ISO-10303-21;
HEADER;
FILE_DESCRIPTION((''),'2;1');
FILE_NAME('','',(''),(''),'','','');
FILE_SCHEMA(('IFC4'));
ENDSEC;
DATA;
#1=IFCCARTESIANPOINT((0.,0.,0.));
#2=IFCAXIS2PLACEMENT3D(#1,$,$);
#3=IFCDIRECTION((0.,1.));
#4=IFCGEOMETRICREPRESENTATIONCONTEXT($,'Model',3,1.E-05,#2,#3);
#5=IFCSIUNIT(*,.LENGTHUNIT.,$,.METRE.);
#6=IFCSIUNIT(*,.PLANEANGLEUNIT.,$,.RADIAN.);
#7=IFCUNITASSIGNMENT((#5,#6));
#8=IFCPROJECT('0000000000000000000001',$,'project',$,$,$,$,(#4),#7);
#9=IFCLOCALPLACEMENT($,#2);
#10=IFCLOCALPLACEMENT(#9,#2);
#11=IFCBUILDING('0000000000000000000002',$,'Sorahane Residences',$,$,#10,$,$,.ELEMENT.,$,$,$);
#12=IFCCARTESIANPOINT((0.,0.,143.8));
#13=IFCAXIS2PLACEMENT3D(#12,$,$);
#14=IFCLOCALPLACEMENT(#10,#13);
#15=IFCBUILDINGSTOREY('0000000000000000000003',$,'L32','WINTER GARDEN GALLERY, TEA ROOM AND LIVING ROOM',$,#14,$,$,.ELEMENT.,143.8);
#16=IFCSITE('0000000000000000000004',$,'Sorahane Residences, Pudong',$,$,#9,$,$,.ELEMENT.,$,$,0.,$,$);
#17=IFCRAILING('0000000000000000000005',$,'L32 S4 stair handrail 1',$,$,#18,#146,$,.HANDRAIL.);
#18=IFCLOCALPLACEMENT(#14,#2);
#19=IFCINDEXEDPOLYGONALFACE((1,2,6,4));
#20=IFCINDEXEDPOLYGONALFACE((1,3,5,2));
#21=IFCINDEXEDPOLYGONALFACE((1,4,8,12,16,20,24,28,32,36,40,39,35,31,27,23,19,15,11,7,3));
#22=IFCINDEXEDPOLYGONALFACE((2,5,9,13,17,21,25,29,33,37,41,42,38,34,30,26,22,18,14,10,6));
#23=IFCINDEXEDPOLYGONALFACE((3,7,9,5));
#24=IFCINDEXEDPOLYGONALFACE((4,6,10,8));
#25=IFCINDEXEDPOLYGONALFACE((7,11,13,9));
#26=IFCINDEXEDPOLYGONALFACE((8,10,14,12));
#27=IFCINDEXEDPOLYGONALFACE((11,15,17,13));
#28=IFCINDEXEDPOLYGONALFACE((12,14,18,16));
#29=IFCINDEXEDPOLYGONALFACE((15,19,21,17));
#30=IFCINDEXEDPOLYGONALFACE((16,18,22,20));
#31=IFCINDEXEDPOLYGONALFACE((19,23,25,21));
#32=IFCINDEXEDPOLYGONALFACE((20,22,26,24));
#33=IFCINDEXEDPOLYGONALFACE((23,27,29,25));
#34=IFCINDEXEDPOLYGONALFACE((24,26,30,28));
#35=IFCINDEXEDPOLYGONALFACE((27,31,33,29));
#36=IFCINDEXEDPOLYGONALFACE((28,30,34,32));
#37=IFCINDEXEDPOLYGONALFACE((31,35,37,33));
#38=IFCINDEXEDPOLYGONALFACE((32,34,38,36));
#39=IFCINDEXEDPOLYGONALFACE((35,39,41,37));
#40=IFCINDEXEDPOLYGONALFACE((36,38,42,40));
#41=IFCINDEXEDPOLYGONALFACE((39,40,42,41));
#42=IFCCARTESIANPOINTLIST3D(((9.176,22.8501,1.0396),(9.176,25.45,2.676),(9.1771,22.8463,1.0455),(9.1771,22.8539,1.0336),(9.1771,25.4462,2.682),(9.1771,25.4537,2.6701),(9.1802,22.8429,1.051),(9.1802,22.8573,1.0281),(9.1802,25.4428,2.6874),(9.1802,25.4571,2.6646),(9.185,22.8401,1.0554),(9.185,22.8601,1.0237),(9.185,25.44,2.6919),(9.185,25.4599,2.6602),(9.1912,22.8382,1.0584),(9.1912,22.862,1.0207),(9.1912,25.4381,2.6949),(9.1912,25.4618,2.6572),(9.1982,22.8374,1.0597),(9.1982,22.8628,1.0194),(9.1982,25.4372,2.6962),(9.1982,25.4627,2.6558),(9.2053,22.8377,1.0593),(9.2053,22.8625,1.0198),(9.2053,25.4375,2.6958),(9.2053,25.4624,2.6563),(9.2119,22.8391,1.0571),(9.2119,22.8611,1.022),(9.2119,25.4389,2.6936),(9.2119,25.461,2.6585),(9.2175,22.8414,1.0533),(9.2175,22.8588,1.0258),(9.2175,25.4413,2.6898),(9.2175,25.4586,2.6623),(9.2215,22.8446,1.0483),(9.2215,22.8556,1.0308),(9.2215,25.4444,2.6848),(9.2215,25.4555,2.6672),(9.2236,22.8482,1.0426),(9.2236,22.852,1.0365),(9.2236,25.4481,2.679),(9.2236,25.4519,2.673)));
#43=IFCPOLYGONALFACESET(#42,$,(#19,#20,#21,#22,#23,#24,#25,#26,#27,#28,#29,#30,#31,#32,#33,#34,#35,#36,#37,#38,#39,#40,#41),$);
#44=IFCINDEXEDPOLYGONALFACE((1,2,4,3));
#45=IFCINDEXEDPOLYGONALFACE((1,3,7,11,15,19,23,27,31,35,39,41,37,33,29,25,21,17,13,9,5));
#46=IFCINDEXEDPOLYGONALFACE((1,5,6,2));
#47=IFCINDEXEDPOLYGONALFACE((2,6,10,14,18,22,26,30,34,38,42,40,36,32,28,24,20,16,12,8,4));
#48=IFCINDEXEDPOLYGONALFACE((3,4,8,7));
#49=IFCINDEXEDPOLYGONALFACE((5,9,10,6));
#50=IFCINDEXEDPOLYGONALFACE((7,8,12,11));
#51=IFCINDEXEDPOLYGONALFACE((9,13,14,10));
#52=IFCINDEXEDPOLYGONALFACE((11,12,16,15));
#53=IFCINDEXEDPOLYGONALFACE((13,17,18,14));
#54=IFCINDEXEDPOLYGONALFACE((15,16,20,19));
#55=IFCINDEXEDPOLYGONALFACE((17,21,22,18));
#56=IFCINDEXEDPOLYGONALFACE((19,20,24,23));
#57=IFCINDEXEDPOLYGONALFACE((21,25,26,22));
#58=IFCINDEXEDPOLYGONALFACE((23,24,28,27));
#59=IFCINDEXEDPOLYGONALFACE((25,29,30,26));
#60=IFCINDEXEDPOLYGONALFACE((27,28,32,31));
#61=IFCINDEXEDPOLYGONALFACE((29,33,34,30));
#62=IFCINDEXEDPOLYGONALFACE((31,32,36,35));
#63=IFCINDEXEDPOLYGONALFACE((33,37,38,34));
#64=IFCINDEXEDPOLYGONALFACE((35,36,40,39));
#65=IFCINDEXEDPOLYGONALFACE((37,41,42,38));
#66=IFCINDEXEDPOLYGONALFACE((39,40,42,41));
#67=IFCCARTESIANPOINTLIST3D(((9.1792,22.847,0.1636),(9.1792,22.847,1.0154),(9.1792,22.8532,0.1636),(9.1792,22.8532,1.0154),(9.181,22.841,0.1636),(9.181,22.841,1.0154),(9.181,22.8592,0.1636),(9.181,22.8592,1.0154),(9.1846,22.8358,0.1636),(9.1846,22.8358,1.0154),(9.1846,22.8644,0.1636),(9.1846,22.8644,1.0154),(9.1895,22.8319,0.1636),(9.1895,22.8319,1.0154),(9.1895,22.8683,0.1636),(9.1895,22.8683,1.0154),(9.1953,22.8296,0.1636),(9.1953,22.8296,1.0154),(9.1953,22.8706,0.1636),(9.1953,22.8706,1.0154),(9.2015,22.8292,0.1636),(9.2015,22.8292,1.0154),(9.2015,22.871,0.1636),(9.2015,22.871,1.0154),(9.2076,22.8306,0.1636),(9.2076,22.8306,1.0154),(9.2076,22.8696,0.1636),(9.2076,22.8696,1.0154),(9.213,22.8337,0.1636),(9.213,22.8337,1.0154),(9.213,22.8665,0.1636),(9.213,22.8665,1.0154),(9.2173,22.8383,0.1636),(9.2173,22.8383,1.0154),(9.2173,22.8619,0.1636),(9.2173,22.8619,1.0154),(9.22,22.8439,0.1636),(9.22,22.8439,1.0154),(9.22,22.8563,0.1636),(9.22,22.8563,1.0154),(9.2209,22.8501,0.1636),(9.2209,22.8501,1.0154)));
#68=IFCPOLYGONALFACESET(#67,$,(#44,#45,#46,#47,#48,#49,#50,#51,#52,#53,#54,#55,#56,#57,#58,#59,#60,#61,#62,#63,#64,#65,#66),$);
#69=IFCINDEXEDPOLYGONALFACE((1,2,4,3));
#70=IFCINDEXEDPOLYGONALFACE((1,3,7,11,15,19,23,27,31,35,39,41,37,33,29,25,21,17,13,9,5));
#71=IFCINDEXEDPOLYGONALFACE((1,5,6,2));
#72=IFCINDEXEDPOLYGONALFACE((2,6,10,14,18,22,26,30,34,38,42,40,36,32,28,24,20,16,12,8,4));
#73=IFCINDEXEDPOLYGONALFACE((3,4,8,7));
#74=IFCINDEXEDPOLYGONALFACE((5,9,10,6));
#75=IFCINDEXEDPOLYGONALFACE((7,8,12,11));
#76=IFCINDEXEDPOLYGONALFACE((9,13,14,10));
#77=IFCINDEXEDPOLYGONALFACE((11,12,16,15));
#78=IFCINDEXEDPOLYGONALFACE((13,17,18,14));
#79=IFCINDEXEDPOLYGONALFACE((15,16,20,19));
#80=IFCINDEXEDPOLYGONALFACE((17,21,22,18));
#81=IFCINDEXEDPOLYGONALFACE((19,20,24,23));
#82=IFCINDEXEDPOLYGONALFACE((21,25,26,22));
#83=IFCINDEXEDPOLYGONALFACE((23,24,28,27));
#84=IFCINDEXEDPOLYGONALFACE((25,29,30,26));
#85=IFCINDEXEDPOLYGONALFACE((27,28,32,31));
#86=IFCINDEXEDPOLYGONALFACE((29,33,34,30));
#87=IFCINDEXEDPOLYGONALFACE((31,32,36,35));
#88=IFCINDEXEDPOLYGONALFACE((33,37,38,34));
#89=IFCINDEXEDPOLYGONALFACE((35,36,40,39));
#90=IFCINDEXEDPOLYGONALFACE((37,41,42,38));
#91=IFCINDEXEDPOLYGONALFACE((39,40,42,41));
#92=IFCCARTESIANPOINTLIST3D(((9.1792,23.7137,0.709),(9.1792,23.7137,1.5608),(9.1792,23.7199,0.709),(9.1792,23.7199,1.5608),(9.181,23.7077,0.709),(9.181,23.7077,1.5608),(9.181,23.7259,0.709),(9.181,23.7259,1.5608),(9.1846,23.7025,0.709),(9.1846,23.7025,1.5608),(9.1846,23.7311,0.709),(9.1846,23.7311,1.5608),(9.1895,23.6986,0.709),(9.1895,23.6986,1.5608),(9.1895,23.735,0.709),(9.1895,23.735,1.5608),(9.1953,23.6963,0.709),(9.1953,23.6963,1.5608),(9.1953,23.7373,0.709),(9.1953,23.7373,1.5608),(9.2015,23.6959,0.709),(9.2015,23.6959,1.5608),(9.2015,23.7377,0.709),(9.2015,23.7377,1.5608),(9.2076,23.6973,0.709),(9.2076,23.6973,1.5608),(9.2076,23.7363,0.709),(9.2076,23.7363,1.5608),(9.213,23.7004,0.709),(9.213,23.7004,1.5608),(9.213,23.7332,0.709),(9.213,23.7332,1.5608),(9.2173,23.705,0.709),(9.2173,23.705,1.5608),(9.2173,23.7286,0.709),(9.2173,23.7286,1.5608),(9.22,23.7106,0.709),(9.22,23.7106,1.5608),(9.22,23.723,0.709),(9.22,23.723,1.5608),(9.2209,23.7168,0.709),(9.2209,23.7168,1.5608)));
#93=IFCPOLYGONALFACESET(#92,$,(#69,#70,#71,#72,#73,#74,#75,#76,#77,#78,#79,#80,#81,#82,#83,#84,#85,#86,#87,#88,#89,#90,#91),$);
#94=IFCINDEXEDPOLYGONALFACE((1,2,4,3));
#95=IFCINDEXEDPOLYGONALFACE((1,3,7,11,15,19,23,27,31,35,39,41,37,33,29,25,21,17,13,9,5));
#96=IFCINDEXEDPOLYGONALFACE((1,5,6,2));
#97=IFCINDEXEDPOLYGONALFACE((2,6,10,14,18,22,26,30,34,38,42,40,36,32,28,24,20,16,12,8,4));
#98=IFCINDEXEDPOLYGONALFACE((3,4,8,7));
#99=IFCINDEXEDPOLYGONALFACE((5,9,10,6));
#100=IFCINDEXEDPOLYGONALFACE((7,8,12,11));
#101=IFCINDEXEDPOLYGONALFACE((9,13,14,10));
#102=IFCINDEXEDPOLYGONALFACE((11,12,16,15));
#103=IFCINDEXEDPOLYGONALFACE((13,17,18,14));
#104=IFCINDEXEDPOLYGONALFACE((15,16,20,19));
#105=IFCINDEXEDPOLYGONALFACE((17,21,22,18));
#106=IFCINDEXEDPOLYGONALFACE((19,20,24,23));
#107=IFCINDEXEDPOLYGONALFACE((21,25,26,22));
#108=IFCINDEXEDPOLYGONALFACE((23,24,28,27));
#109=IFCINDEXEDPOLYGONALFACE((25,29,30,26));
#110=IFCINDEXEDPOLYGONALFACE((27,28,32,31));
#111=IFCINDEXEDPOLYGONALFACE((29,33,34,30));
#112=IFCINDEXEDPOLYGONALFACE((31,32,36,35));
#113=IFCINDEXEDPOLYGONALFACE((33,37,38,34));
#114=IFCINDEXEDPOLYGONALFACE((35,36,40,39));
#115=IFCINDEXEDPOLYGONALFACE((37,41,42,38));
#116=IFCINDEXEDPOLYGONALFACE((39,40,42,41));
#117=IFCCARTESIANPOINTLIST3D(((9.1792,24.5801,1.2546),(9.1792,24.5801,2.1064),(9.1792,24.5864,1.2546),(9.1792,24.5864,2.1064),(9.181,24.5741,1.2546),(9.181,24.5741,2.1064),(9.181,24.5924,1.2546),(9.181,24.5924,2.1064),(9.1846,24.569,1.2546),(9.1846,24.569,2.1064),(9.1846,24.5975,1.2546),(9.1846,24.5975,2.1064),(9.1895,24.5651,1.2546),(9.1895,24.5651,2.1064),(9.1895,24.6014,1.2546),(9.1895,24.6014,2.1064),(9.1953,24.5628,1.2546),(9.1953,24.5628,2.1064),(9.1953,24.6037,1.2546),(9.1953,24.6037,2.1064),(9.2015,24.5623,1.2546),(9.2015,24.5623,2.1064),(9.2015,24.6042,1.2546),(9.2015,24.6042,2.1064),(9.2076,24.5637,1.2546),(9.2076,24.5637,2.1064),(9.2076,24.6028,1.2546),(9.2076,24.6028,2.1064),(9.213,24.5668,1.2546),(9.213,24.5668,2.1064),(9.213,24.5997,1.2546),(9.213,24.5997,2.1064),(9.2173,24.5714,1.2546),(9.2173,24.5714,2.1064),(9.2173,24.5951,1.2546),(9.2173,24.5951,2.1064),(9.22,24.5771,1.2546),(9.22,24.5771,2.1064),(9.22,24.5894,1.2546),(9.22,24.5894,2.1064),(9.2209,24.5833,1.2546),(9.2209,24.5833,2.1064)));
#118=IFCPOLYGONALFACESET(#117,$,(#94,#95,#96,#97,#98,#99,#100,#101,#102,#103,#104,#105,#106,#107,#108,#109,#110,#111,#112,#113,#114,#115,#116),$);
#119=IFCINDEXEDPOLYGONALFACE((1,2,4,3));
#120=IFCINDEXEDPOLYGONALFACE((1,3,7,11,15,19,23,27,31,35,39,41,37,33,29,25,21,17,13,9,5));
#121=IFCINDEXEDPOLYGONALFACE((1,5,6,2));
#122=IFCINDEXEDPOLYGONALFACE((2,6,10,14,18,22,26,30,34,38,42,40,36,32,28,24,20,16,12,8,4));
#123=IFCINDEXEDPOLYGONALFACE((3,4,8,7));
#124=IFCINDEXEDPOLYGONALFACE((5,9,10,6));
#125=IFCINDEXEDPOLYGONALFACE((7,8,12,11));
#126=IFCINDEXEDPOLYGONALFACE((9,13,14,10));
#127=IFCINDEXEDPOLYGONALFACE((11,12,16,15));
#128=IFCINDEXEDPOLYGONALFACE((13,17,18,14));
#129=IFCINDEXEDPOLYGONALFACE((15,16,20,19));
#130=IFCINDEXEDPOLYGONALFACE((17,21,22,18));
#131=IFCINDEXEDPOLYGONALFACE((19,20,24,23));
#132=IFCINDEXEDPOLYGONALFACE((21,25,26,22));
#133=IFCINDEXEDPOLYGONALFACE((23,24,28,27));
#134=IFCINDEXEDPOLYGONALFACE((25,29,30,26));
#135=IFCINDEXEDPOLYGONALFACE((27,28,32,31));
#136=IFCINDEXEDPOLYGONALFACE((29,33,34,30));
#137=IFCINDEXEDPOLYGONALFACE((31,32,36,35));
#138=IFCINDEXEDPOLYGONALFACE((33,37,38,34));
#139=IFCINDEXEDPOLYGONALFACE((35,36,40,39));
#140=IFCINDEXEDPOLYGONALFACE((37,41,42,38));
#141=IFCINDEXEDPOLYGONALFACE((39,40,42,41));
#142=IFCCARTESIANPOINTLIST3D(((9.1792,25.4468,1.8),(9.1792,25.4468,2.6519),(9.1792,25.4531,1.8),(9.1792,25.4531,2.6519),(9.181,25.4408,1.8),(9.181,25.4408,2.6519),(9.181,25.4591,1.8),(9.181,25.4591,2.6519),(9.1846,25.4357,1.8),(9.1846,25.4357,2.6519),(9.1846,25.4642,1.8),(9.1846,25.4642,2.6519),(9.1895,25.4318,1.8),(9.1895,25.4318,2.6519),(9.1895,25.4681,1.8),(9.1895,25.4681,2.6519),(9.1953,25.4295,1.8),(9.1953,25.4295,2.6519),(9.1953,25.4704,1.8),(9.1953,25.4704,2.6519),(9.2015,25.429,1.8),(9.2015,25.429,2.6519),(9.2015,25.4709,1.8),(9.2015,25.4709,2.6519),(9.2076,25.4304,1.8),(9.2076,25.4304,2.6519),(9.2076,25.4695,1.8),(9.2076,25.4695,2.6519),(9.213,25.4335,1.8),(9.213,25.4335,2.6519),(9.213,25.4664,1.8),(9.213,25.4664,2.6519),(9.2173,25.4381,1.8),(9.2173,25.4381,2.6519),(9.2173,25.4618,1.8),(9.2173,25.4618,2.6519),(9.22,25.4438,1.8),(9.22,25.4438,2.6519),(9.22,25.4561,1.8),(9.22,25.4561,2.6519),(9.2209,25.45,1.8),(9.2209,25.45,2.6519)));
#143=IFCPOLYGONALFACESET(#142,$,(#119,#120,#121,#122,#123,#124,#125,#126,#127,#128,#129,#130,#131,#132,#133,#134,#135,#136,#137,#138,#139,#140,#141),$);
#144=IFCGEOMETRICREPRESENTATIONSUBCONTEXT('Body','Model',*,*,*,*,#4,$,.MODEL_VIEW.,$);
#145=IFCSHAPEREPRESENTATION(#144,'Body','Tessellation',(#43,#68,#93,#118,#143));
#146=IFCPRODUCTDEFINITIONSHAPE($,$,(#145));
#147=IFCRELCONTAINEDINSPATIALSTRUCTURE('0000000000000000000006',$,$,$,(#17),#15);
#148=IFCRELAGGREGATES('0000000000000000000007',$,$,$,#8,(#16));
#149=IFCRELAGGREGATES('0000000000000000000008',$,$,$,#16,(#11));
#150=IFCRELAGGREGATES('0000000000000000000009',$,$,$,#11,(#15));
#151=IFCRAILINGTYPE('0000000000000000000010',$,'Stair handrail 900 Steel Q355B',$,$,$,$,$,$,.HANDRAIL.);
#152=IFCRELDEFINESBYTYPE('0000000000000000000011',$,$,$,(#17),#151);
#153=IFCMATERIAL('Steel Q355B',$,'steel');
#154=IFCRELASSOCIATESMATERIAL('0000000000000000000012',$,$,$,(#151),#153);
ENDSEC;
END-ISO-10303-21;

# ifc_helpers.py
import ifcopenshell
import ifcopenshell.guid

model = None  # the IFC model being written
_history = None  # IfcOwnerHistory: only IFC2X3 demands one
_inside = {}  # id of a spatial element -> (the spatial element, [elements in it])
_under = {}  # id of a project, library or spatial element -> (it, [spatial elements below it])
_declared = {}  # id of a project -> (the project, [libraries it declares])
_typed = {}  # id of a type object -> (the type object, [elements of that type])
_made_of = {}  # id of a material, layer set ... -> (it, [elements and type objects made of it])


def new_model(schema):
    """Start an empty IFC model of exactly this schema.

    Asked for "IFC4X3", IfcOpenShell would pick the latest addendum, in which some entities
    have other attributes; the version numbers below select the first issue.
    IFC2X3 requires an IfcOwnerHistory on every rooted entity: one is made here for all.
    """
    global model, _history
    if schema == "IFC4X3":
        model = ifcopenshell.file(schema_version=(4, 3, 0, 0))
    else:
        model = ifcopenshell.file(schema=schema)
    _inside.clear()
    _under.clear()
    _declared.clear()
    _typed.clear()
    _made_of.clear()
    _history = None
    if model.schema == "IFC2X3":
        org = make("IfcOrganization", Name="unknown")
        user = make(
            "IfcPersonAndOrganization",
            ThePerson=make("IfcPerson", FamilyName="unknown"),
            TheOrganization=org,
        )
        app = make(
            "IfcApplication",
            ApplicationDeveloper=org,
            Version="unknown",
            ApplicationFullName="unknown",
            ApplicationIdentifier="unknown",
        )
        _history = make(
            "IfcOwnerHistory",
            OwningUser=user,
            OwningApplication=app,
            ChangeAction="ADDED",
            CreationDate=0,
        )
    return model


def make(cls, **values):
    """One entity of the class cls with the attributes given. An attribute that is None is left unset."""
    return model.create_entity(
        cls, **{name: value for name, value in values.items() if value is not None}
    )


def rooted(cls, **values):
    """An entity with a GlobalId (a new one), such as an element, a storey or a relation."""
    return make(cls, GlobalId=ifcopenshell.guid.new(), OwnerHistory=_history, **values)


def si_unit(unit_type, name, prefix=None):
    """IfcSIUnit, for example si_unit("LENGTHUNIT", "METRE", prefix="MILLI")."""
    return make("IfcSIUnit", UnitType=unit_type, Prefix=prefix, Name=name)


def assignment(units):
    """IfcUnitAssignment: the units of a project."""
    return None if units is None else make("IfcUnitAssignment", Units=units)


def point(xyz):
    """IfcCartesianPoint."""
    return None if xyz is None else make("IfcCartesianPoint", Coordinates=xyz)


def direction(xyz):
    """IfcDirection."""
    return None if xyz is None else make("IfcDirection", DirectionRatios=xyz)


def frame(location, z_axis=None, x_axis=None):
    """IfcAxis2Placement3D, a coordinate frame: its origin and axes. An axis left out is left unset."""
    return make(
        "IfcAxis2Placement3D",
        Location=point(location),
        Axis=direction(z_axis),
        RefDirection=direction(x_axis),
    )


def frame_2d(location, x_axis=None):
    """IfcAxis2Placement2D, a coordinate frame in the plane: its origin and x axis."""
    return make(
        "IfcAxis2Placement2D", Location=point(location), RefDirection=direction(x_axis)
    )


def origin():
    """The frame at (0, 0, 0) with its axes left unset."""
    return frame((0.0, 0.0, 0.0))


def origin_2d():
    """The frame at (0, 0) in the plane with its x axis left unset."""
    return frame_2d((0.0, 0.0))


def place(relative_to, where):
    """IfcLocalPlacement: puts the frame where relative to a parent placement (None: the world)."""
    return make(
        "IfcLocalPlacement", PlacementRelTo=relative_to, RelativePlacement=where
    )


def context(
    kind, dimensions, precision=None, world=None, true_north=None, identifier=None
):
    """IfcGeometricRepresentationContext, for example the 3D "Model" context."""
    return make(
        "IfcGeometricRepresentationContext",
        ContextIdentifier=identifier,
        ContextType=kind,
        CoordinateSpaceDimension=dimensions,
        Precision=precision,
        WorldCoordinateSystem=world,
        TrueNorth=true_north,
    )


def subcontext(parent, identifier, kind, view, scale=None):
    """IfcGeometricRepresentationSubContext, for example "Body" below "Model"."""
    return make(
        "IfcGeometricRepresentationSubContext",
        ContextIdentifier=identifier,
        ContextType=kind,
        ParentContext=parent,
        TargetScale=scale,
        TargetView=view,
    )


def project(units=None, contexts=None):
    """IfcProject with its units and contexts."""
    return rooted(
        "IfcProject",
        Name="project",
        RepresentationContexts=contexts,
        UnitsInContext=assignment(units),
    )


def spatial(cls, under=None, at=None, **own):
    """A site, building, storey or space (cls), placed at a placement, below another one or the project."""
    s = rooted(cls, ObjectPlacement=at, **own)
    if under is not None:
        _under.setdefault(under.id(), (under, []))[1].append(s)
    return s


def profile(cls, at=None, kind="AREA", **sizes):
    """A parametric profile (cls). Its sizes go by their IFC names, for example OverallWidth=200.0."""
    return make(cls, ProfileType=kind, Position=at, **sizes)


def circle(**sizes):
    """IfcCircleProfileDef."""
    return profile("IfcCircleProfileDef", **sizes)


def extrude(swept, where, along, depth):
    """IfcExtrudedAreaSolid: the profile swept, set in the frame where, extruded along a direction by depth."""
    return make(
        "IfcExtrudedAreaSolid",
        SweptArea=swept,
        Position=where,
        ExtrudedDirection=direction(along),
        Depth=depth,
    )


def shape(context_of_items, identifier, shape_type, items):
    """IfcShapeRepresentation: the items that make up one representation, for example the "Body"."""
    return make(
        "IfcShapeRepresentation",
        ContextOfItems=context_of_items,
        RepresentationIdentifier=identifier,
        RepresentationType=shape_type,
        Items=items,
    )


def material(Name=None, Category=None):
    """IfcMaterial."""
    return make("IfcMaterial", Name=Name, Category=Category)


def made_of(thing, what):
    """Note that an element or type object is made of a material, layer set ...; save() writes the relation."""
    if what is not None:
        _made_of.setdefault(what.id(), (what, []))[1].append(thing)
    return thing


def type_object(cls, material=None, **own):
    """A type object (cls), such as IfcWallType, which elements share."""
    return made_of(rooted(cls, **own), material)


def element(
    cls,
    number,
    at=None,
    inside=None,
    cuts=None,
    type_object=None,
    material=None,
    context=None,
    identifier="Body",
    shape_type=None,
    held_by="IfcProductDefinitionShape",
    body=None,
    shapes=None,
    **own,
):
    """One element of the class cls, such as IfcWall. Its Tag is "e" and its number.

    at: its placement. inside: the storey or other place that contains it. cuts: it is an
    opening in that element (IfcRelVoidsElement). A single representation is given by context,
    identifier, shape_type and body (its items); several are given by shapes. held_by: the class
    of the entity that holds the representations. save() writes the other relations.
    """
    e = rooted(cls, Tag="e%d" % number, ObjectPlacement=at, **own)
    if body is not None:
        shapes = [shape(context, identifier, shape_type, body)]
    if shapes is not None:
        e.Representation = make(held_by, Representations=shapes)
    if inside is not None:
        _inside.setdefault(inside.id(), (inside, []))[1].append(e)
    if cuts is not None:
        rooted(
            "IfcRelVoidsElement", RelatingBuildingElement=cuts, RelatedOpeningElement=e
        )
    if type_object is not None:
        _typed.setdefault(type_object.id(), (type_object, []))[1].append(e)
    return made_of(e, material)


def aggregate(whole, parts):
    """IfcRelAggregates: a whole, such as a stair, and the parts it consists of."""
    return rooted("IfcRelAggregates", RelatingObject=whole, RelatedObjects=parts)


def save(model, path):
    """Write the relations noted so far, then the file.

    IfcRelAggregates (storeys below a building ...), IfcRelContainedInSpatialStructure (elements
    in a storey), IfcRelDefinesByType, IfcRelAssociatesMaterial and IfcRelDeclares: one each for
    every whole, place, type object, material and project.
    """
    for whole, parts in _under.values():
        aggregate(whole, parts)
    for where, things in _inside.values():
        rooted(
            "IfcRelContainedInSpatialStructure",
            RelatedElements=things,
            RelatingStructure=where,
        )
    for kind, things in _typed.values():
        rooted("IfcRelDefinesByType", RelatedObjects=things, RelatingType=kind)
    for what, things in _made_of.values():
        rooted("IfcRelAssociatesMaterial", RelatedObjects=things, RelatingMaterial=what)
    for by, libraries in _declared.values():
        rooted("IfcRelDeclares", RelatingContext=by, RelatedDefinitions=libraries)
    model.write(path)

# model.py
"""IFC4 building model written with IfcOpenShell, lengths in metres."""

from ifc_helpers import new_model, si_unit, direction, frame, origin, origin_2d, place, context, subcontext, project, spatial, circle, extrude, material, type_object, element, save


model = new_model("IFC4")

# Units and contexts
model_context = context("Model", 3, precision=1e-05, world=origin(), true_north=direction((0.0, 1.0)))
body_context = subcontext(model_context, "Body", "Model", "MODEL_VIEW")
ifc_project = project(units=[si_unit("LENGTHUNIT", "METRE"), si_unit("PLANEANGLEUNIT", "RADIAN")], contexts=[model_context])

# Site, building, storey
site_placement = place(None, origin())
site = spatial("IfcSite", under=ifc_project, at=site_placement, Name="Sorahane Residences, Pudong", CompositionType="ELEMENT", RefElevation=0.0)
building_placement = place(site_placement, origin())
building = spatial("IfcBuilding", under=site, at=building_placement, Name="Sorahane Residences", CompositionType="ELEMENT")
storey_placement = place(building_placement, frame((0.0, 0.0, 143.8)))
storey = spatial("IfcBuildingStorey", under=building, at=storey_placement, Name="L32", Description="WINTER GARDEN GALLERY, TEA ROOM AND LIVING ROOM", CompositionType="ELEMENT", Elevation=143.8)

# Railing
ifc_material_1 = material(Name="Steel Q355B", Category="steel")
railing_type_1 = type_object("IfcRailingType", Name="Stair handrail 900 Steel Q355B", PredefinedType="HANDRAIL", material=ifc_material_1)
railing_1_placement = place(storey_placement, frame((9.2, 22.8501, 0.1636)))
element("IfcRailing", 1, at=railing_1_placement, inside=storey, type_object=railing_type_1, Name="L32 S4 stair handrail 1", PredefinedType="HANDRAIL", context=body_context, shape_type="SweptSolid", body=[
    extrude(circle(Radius=0.0239, at=origin_2d()), frame((0.0, 0.0, 0.876), z_axis=(0.0, 0.846302, 0.532704), x_axis=(-1.0, 0.0, 0.0)), (0.0, 0.0, 1.0), 3.072),
    extrude(circle(Radius=0.021, at=origin_2d()), origin(), (0.0, 0.0, 1.0), 0.8518),
    extrude(circle(Radius=0.021, at=origin_2d()), frame((0.0, 0.8667, 0.5454)), (0.0, 0.0, 1.0), 0.8518),
    extrude(circle(Radius=0.021, at=origin_2d()), frame((0.0, 1.7332, 1.0911)), (0.0, 0.0, 1.0), 0.8518),
    extrude(circle(Radius=0.021, at=origin_2d()), frame((0.0, 2.5999, 1.6365)), (0.0, 0.0, 1.0), 0.8518),
])

save(model, "model.ifc")
